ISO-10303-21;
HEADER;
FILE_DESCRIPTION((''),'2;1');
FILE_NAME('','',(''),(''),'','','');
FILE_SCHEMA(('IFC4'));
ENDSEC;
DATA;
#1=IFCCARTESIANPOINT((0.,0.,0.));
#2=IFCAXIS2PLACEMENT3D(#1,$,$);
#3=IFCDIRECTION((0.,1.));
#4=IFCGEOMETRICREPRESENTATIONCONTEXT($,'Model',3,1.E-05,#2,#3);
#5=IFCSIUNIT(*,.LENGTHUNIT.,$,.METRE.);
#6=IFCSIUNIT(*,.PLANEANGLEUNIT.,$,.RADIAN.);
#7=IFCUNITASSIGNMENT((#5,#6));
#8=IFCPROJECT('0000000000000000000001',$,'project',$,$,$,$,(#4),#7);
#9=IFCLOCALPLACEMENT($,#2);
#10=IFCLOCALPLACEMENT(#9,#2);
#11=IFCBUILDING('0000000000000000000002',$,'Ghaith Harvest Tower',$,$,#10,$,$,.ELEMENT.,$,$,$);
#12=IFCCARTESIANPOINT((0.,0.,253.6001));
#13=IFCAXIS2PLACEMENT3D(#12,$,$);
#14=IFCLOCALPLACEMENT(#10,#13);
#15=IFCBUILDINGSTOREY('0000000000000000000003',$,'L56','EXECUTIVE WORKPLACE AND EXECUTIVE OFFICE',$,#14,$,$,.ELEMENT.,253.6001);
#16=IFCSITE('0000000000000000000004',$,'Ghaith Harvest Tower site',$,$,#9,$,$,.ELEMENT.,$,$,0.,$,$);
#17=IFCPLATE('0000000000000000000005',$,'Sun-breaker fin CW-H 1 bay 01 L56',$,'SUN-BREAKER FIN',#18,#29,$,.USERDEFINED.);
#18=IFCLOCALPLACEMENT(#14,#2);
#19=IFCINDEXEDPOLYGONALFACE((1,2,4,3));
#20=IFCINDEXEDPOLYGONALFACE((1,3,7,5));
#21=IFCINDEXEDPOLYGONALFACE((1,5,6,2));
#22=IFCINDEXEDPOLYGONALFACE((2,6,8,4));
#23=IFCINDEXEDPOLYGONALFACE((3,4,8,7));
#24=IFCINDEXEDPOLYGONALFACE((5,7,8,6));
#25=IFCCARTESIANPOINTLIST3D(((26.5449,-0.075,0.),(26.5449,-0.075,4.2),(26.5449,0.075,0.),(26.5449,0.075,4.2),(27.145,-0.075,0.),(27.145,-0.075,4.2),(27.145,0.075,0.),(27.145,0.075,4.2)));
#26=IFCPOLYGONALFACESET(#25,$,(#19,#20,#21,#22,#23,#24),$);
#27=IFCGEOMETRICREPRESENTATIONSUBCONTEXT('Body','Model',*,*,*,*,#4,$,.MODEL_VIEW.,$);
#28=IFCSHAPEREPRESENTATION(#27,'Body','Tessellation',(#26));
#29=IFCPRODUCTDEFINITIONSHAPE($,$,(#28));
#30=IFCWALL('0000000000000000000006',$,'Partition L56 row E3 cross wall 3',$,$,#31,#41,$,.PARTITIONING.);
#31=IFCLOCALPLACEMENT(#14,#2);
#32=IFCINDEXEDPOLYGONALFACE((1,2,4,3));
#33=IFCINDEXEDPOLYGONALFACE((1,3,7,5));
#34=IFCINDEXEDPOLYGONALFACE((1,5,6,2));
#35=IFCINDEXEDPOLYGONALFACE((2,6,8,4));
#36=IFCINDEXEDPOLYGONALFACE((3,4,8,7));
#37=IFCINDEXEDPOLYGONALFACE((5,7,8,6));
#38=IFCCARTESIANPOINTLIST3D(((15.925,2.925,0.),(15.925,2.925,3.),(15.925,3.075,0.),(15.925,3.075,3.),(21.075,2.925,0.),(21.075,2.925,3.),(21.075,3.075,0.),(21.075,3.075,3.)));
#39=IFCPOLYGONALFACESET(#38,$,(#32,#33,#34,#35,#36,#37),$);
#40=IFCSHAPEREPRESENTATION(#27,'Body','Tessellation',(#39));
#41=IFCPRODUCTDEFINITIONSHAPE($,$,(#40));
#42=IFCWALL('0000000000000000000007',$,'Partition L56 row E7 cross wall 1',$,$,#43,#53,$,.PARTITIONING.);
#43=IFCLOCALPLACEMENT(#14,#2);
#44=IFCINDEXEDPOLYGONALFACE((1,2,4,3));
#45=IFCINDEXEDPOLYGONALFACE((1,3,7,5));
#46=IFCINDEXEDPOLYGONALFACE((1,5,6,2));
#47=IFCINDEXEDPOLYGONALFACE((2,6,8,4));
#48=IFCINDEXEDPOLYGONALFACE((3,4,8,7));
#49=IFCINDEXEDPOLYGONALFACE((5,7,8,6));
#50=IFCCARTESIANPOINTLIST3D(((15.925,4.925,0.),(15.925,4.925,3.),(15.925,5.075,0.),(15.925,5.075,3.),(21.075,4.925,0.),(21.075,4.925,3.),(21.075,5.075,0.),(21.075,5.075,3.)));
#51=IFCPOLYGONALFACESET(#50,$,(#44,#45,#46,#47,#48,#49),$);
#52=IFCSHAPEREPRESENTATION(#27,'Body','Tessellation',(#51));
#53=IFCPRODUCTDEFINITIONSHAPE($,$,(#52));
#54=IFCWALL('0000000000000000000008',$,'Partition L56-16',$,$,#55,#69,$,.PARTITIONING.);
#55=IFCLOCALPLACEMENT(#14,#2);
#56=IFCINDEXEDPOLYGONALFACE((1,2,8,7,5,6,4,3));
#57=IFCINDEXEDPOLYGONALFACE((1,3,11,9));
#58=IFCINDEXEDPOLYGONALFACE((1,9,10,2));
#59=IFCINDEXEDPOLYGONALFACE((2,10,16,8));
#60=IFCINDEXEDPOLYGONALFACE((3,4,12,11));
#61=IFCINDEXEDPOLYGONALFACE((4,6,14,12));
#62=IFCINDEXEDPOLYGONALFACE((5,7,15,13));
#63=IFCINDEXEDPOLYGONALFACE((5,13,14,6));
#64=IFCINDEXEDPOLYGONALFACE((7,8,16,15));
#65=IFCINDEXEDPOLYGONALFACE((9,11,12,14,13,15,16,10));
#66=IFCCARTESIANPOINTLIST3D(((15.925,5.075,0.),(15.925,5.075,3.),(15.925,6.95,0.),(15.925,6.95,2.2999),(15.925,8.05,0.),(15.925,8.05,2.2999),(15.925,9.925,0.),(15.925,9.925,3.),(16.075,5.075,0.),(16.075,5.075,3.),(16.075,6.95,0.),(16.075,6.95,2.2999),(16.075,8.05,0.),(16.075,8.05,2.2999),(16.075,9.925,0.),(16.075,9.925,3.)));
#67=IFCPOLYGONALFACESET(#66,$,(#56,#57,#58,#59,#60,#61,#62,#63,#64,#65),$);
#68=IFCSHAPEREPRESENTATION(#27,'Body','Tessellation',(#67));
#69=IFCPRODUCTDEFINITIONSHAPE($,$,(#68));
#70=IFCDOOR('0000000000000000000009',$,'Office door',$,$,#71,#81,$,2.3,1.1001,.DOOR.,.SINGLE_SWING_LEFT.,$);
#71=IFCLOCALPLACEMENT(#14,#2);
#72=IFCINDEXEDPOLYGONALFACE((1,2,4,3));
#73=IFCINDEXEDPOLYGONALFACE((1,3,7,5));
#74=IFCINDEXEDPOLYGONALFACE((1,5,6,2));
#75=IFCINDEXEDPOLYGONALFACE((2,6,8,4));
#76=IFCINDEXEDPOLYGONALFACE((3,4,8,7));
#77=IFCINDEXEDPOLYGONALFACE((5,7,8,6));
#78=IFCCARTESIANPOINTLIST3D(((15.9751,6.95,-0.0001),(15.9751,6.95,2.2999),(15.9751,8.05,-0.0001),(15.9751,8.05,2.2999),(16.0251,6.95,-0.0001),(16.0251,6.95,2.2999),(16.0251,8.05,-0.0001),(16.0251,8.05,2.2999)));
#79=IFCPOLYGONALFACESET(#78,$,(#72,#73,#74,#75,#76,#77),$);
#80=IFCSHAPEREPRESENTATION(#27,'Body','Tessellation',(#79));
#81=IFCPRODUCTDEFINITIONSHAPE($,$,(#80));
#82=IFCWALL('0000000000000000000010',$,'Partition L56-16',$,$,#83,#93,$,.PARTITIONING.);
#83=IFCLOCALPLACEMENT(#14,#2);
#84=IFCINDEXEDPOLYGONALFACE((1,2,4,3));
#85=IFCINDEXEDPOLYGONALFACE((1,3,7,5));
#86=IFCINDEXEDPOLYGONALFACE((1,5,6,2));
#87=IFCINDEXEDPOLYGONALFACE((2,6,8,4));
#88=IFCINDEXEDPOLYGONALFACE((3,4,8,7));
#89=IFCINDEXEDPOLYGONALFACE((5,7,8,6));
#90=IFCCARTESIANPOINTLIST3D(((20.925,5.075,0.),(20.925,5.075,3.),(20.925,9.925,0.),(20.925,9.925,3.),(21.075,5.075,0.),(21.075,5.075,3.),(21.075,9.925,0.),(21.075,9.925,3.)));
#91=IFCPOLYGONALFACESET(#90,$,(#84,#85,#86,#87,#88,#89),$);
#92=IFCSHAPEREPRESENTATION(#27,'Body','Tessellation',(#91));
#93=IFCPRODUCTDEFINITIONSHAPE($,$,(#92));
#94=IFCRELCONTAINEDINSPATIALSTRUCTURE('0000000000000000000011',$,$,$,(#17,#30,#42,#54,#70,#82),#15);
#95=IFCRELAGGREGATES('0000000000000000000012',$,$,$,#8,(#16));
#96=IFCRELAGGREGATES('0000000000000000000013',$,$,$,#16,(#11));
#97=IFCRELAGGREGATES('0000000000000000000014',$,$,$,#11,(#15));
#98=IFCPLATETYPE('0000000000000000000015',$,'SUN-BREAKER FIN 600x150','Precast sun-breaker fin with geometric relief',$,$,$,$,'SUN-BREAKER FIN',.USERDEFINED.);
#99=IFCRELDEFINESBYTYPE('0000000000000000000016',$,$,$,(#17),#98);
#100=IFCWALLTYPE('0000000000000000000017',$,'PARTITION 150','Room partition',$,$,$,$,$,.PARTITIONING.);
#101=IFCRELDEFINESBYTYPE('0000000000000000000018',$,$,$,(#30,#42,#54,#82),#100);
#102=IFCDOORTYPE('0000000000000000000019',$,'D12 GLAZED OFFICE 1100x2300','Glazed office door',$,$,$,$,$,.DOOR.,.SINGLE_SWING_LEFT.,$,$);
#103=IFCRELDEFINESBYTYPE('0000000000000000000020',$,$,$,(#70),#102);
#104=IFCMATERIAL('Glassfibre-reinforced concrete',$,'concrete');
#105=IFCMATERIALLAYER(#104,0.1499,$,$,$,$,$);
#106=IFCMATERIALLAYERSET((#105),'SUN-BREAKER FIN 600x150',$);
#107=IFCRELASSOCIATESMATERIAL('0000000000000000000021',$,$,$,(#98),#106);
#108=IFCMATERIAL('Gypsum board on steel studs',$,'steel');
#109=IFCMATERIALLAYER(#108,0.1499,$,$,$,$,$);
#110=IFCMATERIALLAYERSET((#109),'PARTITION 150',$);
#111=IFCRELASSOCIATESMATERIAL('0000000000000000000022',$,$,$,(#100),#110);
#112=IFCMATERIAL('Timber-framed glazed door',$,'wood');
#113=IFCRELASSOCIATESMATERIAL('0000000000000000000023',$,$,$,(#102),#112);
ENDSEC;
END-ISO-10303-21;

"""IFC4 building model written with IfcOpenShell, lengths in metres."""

from ifc_helpers import new_model, si_unit, direction, frame, frame_2d, origin, origin_2d, place, context, subcontext, project, spatial, rectangle, extrude, material, layer, layer_set, type_object, element, fill, save


model = new_model("IFC4")

# Units and contexts
model_context = context("Model", 3, precision=1e-05, world=origin(), true_north=direction((0.0, 1.0)))
body_context = subcontext(model_context, "Body", "Model", "MODEL_VIEW")
ifc_project = project(units=[si_unit("LENGTHUNIT", "METRE"), si_unit("PLANEANGLEUNIT", "RADIAN")], contexts=[model_context])

# Site, building, storey
site_placement = place(None, origin())
site = spatial("IfcSite", under=ifc_project, at=site_placement, Name="Ghaith Harvest Tower site", CompositionType="ELEMENT", RefElevation=0.0)
building_placement = place(site_placement, origin())
building = spatial("IfcBuilding", under=site, at=building_placement, Name="Ghaith Harvest Tower", CompositionType="ELEMENT")
storey_placement = place(building_placement, frame((0.0, 0.0, 253.6001)))
storey = spatial("IfcBuildingStorey", under=building, at=storey_placement, Name="L56", Description="EXECUTIVE WORKPLACE AND EXECUTIVE OFFICE", CompositionType="ELEMENT", Elevation=253.6001)

# Plate
ifc_material_1 = material(Name="Glassfibre-reinforced concrete", Category="concrete")
ifc_layer_1 = layer(ifc_material_1, 0.1499)
ifc_layer_set_1 = layer_set([ifc_layer_1], Name="SUN-BREAKER FIN 600x150")
plate_type_1 = type_object("IfcPlateType", Name="SUN-BREAKER FIN 600x150", Description="Precast sun-breaker fin with geometric relief", ElementType="SUN-BREAKER FIN", PredefinedType="USERDEFINED", material=ifc_layer_set_1)
plate_1_placement = place(storey_placement, frame((26.845, 0.0, 0.0), z_axis=(0.0, 0.0, 1.0), x_axis=(1.0, 0.0, 0.0)))
element("IfcPlate", 1, at=plate_1_placement, inside=storey, type_object=plate_type_1, Name="Sun-breaker fin CW-H 1 bay 01 L56", ObjectType="SUN-BREAKER FIN", PredefinedType="USERDEFINED", context=body_context, shape_type="SweptSolid", body=[
    extrude(rectangle(XDim=0.6001, YDim=0.1499, at=origin_2d()), origin(), (0.0, 0.0, 1.0), 4.2),
])

# Walls
ifc_material_2 = material(Name="Gypsum board on steel studs", Category="steel")
ifc_layer_2 = layer(ifc_material_2, 0.1499)
ifc_layer_set_2 = layer_set([ifc_layer_2], Name="PARTITION 150")
wall_type = type_object("IfcWallType", Name="PARTITION 150", Description="Room partition", PredefinedType="PARTITIONING", material=ifc_layer_set_2)
for number, where, z_axis, x_axis, name in (
    (2, (15.925, 3.0, 0.0), (0.0, 0.0, 1.0), (1.0, 0.0, 0.0), "Partition L56 row E3 cross wall 3"),
    (3, (15.925, 5.0, 0.0), (0.0, 0.0, 1.0), (1.0, 0.0, 0.0), "Partition L56 row E7 cross wall 1"),
):
    element("IfcWall", number, at=place(storey_placement, frame(where, z_axis=z_axis, x_axis=x_axis)), inside=storey, type_object=wall_type, Name=name, PredefinedType="PARTITIONING", context=body_context, shape_type="SweptSolid", body=[
        extrude(rectangle(XDim=5.1499, YDim=0.1499, at=frame_2d((2.575, 0.0))), origin(), (0.0, 0.0, 1.0), 3.0),
    ])

# Wall, opening, door
wall_1_placement = place(storey_placement, frame((16.0, 5.075, 0.0), z_axis=(0.0, 0.0, 1.0), x_axis=(0.0, 1.0, 0.0)))
wall_1 = element("IfcWall", 4, at=wall_1_placement, inside=storey, type_object=wall_type, Name="Partition L56-16", PredefinedType="PARTITIONING", context=body_context, shape_type="SweptSolid", body=[
    extrude(rectangle(XDim=4.8501, YDim=0.1499, at=frame_2d((2.425, 0.0))), origin(), (0.0, 0.0, 1.0), 3.0),
])
opening_placement = place(wall_1_placement, frame((1.875, 0.0, 0.0)))
opening = element("IfcOpeningElement", 5, at=opening_placement, cuts=wall_1, PredefinedType="OPENING", context=body_context, shape_type="SweptSolid", body=[
    extrude(rectangle(XDim=1.1001, YDim=2.3, at=frame_2d((0.55, 1.1499))), frame((0.0, 0.085, 0.0), z_axis=(0.0, -1.0, 0.0), x_axis=(1.0, 0.0, 0.0)), (0.0, 0.0, 1.0), 0.1699),
])
ifc_material_3 = material(Name="Timber-framed glazed door", Category="wood")
door_type = type_object("IfcDoorType", Name="D12 GLAZED OFFICE 1100x2300", Description="Glazed office door", OperationType="SINGLE_SWING_LEFT", PredefinedType="DOOR", material=ifc_material_3)
door_placement = place(opening_placement, origin())
door = element("IfcDoor", 6, at=door_placement, inside=storey, type_object=door_type, Name="Office door", OperationType="SINGLE_SWING_LEFT", OverallHeight=2.3, OverallWidth=1.1001, PredefinedType="DOOR", context=body_context, shape_type="SweptSolid", body=[
    extrude(rectangle(XDim=1.1001, YDim=2.3, at=frame_2d((0.55, 1.1499))), frame((0.0, 0.0249, 0.0), z_axis=(0.0, -1.0, 0.0), x_axis=(1.0, 0.0, 0.0)), (0.0, 0.0, 1.0), 0.05),
])
fill(opening, door)

# Wall
wall_2_placement = place(storey_placement, frame((21.0, 5.075, 0.0), z_axis=(0.0, 0.0, 1.0), x_axis=(0.0, 1.0, 0.0)))
element("IfcWall", 7, at=wall_2_placement, inside=storey, type_object=wall_type, Name="Partition L56-16", PredefinedType="PARTITIONING", context=body_context, shape_type="SweptSolid", body=[
    extrude(rectangle(XDim=4.8501, YDim=0.1499, at=frame_2d((2.425, 0.0))), origin(), (0.0, 0.0, 1.0), 3.0),
])

save(model, "model.ifc")
